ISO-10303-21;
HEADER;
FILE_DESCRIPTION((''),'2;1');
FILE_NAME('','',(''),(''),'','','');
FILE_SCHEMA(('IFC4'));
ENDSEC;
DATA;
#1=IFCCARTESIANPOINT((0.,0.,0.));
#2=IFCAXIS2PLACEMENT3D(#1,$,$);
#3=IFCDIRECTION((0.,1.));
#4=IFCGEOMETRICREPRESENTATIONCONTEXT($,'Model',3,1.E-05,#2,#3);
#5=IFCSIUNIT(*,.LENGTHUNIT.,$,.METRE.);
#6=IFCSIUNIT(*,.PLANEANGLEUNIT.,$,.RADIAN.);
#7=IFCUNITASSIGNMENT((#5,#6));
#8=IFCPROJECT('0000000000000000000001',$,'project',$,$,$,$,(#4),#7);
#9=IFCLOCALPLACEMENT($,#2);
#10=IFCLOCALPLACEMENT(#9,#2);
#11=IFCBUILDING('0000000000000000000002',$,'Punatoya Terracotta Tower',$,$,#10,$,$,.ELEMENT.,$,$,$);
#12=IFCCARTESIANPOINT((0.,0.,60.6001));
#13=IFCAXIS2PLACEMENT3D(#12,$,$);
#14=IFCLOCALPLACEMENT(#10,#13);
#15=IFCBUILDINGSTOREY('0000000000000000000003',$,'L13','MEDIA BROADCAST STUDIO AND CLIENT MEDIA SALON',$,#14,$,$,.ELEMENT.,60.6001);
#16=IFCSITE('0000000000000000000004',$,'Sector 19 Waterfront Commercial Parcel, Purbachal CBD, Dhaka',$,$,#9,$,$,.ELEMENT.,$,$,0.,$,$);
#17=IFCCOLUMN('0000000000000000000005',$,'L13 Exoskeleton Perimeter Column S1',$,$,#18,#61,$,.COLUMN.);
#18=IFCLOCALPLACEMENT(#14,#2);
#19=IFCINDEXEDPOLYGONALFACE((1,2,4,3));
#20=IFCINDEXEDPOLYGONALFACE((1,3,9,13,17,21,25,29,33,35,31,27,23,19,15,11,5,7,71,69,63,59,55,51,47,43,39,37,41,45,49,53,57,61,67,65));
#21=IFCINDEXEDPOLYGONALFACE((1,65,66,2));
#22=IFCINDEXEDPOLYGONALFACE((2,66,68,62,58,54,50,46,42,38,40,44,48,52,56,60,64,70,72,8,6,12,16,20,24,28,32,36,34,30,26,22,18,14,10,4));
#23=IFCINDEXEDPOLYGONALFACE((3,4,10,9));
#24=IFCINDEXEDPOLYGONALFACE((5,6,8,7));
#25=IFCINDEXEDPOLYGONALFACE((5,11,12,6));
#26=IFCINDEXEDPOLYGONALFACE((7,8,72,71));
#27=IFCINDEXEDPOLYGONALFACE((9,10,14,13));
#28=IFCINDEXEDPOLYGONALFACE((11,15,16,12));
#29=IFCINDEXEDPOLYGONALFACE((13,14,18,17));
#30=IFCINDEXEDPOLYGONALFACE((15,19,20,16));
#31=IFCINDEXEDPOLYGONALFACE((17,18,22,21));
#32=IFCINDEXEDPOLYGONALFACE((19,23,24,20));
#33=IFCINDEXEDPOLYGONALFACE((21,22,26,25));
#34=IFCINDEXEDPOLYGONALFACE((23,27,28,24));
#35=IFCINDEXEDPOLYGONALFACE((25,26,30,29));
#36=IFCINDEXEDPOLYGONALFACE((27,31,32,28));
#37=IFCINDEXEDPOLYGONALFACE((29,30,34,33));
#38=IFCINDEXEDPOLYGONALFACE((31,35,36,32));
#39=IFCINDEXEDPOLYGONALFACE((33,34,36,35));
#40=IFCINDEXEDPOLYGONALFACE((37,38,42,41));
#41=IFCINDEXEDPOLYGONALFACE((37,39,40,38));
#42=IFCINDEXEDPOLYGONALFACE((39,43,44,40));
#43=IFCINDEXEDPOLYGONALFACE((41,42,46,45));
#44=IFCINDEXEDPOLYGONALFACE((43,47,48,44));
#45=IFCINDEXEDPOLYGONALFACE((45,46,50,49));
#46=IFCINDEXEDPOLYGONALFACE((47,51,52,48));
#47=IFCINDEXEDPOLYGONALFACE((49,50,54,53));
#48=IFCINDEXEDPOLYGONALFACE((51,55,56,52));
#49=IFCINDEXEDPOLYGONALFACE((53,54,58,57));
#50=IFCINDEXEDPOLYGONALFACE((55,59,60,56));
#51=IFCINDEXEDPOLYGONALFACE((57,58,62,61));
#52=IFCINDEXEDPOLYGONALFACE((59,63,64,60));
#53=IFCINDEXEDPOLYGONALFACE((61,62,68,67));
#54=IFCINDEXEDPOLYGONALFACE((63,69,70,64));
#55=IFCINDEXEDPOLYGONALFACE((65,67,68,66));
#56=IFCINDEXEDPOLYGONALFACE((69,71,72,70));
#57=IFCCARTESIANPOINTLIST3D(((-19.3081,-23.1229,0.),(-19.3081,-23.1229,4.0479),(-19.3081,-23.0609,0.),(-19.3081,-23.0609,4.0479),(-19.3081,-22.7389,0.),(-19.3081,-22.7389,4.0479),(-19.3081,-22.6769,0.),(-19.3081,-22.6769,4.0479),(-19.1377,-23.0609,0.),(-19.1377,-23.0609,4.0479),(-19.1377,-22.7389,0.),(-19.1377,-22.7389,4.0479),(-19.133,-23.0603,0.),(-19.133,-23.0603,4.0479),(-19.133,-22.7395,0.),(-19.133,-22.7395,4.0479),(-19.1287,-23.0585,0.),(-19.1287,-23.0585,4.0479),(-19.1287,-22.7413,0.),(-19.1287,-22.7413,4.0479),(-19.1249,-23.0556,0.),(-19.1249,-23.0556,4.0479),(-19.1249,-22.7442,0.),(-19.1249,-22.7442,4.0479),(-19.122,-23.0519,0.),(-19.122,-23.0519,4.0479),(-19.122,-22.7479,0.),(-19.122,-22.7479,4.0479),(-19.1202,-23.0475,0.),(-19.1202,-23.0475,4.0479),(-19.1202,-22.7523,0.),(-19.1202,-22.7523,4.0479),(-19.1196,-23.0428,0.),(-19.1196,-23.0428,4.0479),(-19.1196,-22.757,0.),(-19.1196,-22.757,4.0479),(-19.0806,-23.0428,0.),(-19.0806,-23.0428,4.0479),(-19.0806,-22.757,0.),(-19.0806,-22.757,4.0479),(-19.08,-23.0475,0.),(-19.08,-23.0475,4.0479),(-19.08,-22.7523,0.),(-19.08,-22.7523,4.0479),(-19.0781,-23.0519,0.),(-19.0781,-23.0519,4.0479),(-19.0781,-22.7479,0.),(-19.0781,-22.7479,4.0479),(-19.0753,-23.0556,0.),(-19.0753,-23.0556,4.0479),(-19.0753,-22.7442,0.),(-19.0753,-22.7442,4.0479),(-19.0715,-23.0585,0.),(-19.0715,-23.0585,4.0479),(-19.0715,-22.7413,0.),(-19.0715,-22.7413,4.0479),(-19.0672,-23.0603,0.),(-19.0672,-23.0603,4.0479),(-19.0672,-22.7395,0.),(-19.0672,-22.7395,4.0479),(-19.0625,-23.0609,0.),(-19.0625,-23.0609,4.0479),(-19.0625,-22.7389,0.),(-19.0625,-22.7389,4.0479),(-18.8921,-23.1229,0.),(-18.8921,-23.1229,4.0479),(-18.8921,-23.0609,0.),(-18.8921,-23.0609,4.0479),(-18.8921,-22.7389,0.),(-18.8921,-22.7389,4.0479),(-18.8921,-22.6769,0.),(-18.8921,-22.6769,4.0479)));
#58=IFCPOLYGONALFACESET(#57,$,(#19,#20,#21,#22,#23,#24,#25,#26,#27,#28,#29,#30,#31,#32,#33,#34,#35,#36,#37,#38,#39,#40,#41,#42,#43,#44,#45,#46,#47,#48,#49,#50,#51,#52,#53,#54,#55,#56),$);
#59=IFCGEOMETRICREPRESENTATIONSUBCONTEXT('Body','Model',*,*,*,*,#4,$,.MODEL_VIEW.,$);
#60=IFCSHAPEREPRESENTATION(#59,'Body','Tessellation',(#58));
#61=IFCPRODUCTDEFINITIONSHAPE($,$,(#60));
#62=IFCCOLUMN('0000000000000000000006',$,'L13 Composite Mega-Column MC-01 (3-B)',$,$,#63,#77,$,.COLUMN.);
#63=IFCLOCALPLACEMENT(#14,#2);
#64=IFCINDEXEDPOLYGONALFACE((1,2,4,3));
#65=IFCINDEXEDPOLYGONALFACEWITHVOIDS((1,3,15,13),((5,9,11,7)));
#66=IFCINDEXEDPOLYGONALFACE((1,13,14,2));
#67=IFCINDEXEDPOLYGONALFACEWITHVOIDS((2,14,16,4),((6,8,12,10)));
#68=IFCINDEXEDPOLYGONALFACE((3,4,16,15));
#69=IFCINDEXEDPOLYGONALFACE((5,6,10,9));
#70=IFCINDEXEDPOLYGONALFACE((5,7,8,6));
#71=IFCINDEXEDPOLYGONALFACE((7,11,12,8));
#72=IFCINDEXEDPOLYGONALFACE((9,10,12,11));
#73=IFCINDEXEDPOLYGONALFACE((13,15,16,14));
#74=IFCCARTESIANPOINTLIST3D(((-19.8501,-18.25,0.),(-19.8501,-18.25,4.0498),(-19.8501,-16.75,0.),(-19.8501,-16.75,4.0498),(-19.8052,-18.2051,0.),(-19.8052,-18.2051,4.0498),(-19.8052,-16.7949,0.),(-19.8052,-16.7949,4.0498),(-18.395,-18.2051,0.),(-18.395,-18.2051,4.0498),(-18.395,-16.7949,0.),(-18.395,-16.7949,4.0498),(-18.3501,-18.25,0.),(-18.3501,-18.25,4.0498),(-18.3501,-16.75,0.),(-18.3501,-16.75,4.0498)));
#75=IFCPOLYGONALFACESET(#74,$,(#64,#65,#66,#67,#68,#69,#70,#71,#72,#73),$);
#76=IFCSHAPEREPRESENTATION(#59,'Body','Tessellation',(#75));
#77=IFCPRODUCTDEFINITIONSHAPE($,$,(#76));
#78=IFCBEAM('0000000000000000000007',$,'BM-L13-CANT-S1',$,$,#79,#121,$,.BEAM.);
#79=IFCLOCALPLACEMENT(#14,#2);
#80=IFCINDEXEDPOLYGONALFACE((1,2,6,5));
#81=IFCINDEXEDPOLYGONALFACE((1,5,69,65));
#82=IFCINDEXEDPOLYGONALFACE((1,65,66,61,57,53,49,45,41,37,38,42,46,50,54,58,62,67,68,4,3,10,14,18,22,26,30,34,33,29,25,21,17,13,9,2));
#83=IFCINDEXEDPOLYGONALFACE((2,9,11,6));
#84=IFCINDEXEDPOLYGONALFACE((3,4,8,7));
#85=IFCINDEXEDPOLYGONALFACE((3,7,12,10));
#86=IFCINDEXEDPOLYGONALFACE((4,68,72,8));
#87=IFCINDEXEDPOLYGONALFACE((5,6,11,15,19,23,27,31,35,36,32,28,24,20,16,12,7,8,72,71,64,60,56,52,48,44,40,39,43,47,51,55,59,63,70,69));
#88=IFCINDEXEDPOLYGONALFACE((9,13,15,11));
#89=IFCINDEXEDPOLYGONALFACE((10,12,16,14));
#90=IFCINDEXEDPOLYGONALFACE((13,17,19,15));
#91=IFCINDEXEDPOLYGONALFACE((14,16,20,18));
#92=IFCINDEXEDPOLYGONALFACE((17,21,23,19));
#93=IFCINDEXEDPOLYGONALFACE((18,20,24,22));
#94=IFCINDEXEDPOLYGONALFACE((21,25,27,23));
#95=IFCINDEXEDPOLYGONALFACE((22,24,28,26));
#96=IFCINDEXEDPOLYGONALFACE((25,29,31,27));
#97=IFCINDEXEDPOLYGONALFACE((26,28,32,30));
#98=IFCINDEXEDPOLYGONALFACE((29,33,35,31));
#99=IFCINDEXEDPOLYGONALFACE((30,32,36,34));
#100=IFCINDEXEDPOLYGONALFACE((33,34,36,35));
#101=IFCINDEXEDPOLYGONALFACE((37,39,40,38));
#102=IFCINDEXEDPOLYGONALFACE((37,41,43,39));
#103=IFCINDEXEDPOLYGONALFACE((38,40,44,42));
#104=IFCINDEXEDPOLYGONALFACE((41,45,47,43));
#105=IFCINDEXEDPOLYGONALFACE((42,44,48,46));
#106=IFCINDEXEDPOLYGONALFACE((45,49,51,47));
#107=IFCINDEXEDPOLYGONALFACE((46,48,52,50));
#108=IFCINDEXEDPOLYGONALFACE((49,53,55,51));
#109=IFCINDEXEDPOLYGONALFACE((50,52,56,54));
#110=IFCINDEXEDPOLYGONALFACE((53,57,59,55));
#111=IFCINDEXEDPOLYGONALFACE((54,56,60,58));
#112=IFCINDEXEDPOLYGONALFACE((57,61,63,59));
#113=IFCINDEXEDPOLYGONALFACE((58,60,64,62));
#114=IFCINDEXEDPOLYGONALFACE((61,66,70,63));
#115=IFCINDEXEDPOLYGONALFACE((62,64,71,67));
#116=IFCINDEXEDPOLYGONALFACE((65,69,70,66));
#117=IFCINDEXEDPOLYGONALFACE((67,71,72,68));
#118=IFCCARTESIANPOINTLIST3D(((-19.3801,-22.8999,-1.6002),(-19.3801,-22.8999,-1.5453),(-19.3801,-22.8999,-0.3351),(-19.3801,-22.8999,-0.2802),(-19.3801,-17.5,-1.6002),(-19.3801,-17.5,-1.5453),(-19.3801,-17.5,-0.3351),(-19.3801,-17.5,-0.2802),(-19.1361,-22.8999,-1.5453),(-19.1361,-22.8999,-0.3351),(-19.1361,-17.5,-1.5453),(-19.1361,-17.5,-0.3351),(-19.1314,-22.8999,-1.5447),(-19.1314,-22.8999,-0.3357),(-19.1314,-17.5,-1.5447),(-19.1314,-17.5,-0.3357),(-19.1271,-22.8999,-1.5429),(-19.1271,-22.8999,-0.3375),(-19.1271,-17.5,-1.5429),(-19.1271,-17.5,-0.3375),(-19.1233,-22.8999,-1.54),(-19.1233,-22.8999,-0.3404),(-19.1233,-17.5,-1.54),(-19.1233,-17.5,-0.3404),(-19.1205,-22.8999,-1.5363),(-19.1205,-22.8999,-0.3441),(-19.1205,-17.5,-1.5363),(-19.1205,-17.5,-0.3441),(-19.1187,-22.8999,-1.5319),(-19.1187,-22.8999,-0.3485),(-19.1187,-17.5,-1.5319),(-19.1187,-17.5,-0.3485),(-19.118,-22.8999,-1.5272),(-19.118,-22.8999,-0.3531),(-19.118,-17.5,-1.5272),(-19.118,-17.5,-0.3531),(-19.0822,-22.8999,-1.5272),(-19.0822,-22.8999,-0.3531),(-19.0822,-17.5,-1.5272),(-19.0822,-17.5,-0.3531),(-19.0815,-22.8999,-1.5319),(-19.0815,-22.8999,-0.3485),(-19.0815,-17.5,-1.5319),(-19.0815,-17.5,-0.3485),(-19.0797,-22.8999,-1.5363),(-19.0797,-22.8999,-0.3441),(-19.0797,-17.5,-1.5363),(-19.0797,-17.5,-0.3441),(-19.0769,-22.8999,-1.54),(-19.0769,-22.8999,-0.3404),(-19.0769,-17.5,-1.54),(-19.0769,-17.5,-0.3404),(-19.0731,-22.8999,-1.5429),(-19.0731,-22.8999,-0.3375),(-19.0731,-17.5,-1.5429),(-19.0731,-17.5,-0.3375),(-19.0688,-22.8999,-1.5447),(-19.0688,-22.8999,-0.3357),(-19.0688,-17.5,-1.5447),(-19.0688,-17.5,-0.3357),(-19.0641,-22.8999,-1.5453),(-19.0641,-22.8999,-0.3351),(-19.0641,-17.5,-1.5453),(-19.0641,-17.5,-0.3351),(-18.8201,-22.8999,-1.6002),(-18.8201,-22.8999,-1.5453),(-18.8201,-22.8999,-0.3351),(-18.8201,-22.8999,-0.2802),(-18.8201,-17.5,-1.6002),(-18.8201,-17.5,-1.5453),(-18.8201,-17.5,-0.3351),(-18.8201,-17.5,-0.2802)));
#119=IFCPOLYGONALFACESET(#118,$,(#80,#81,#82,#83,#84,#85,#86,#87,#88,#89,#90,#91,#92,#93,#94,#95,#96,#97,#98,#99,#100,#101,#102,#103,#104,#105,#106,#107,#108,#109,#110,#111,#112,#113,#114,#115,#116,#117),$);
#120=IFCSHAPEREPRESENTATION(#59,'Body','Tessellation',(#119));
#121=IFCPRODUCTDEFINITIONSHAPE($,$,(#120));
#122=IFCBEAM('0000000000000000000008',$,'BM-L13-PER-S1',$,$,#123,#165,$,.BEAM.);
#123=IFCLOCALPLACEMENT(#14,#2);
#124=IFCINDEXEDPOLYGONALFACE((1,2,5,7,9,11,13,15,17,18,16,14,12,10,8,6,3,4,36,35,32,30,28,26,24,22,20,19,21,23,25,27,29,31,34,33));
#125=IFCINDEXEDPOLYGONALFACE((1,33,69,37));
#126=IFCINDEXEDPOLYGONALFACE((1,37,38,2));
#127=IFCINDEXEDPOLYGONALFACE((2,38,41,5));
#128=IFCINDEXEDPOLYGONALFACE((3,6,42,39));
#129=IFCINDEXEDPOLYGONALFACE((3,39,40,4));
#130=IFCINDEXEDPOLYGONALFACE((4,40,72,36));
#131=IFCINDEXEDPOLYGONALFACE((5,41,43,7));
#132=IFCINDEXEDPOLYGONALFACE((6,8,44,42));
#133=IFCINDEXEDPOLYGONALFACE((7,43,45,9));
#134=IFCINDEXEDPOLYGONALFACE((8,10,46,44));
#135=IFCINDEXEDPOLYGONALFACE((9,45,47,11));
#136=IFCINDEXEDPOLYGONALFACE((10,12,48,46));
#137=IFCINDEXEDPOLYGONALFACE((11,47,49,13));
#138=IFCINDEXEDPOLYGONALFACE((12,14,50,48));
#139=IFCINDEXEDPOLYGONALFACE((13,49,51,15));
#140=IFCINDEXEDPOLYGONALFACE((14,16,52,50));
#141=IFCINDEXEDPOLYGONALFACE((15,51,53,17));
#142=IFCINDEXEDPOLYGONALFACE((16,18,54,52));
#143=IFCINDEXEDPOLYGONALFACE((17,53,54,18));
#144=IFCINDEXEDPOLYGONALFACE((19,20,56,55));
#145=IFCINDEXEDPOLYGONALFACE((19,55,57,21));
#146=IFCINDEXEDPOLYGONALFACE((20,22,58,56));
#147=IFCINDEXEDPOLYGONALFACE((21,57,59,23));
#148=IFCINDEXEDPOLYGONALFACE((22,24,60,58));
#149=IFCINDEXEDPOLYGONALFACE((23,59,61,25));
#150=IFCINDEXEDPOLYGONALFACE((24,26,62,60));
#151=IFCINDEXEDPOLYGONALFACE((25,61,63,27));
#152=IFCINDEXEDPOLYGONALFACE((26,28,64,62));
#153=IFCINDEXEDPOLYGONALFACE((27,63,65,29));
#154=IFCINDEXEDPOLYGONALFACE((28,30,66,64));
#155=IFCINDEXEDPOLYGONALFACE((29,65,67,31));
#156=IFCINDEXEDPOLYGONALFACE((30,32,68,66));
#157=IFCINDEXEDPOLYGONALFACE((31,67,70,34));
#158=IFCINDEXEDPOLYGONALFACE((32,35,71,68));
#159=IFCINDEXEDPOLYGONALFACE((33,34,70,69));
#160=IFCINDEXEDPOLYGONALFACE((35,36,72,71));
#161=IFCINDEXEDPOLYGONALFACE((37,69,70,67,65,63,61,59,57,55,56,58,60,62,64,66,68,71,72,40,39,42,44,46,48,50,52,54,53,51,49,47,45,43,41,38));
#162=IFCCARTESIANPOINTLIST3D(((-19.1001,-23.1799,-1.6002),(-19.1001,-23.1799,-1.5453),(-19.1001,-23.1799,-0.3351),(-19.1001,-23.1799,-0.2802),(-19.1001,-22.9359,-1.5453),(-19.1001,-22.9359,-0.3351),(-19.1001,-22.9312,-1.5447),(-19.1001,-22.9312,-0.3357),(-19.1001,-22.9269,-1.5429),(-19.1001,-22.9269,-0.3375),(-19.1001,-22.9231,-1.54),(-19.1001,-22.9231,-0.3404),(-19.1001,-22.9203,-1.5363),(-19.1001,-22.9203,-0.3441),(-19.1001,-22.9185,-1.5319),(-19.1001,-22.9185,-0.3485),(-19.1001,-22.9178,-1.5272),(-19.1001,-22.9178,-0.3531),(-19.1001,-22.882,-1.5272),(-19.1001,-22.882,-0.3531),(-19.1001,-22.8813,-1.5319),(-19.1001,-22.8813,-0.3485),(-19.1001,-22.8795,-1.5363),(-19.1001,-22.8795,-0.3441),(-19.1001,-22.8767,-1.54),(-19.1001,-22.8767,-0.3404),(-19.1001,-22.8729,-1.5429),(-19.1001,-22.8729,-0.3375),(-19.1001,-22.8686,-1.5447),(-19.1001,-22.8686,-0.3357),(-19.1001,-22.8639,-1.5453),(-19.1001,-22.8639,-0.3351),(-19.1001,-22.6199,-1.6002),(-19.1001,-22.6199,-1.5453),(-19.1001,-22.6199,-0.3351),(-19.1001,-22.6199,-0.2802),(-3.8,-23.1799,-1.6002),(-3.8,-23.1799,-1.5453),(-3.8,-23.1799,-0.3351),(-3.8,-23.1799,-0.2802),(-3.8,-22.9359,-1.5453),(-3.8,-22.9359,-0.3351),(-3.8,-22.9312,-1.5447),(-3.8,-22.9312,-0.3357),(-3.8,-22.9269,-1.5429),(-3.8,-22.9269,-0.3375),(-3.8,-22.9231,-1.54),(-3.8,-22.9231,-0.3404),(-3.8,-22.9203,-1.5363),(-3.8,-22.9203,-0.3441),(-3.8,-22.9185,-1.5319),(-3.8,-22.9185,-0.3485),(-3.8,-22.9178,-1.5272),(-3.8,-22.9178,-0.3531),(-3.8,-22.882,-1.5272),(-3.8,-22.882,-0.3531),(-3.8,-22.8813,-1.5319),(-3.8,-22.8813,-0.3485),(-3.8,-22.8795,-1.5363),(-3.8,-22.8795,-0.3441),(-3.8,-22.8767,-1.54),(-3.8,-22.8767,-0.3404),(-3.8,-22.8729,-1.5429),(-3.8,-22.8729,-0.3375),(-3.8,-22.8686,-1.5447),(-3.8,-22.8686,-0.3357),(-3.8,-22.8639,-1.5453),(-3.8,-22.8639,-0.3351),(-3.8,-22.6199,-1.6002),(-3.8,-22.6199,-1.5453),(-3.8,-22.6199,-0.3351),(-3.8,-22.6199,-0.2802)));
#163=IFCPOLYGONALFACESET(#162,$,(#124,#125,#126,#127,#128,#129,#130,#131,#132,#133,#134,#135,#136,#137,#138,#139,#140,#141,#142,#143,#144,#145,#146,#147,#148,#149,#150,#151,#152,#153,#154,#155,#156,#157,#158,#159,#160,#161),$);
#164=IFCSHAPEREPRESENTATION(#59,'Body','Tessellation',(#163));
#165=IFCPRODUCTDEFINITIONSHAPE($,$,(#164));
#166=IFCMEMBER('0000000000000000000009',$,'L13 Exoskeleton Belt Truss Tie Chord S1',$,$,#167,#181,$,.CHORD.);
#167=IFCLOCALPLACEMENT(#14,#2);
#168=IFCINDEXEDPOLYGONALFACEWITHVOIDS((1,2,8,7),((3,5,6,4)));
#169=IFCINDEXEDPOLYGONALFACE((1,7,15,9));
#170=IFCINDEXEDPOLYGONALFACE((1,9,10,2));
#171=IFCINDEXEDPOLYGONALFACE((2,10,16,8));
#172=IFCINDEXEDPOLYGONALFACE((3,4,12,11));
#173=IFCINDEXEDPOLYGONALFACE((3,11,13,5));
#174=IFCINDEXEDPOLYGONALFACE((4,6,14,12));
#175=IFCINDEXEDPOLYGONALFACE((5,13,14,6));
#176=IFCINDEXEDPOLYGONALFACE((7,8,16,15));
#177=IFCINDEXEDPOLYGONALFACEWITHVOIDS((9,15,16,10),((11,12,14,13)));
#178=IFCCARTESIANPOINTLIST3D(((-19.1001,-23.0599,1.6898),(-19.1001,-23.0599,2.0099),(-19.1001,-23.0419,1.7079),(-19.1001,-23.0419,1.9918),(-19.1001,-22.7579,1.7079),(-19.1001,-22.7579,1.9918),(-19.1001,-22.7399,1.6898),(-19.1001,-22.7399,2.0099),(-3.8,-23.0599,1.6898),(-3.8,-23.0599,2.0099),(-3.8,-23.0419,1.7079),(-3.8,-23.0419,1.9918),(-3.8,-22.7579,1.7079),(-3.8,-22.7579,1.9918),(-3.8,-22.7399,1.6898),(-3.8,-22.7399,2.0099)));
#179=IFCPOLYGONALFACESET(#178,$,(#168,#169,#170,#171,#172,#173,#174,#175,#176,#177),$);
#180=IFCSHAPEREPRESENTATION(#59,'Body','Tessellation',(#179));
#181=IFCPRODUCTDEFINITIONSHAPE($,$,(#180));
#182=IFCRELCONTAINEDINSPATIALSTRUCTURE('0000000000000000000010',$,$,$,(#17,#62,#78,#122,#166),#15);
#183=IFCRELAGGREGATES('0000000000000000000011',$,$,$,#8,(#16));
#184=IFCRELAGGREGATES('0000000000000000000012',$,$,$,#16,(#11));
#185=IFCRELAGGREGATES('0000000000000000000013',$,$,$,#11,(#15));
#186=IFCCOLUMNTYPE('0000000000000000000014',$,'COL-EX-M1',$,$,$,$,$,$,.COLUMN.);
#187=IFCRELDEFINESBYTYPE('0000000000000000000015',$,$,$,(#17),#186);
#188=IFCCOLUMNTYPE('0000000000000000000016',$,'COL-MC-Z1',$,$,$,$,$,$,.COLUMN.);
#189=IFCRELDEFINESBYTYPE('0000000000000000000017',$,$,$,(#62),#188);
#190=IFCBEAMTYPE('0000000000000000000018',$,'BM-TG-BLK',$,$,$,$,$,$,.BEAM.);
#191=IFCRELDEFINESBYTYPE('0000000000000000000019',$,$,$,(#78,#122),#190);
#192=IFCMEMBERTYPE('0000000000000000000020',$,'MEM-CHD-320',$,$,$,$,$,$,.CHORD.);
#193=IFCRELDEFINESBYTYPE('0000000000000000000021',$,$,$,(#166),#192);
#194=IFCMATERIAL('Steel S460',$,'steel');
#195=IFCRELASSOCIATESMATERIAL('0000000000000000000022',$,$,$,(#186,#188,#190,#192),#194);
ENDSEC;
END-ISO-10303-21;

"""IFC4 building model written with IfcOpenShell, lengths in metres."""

from ifc_helpers import new_model, si_unit, direction, frame, origin, origin_2d, place, context, subcontext, project, spatial, hollow_rectangle, i_section, extrude, material, material_profile, profile_set, type_object, element, save


model = new_model("IFC4")

# Units and contexts
model_context = context("Model", 3, precision=1e-05, world=origin(), true_north=direction((0.0, 1.0)))
body_context = subcontext(model_context, "Body", "Model", "MODEL_VIEW")
ifc_project = project(units=[si_unit("LENGTHUNIT", "METRE"), si_unit("PLANEANGLEUNIT", "RADIAN")], contexts=[model_context])

# Site, building, storey
site_placement = place(None, origin())
site = spatial("IfcSite", under=ifc_project, at=site_placement, Name="Sector 19 Waterfront Commercial Parcel, Purbachal CBD, Dhaka", CompositionType="ELEMENT", RefElevation=0.0)
building_placement = place(site_placement, origin())
building = spatial("IfcBuilding", under=site, at=building_placement, Name="Punatoya Terracotta Tower", CompositionType="ELEMENT")
storey_placement = place(building_placement, frame((0.0, 0.0, 60.6001)))
storey = spatial("IfcBuildingStorey", under=building, at=storey_placement, Name="L13", Description="MEDIA BROADCAST STUDIO AND CLIENT MEDIA SALON", CompositionType="ELEMENT", Elevation=60.6001)

# Columns
ifc_material_1 = material(Name="Steel S460", Category="steel")
ifc_material_profile_1 = material_profile(ifc_material_1, i_section(OverallWidth=0.416, OverallDepth=0.446, WebThickness=0.0391, FlangeThickness=0.062, FilletRadius=0.0181, at=origin_2d()))
ifc_profile_set_1 = profile_set([ifc_material_profile_1], Name="Steel S460")
column_type_1 = type_object("IfcColumnType", Name="COL-EX-M1", PredefinedType="COLUMN", material=ifc_profile_set_1)
column_1_placement = place(storey_placement, frame((-19.1001, -22.8999, 0.0), z_axis=(0.0, 0.0, 1.0), x_axis=(1.0, 0.0, 0.0)))
element("IfcColumn", 1, at=column_1_placement, inside=storey, type_object=column_type_1, Name="L13 Exoskeleton Perimeter Column S1", PredefinedType="COLUMN", context=body_context, shape_type="SweptSolid", body=[
    extrude(i_section(OverallWidth=0.416, OverallDepth=0.446, WebThickness=0.0391, FlangeThickness=0.062, FilletRadius=0.0181, at=origin_2d()), origin(), (0.0, 0.0, 1.0), 4.0479),
])
ifc_material_profile_2 = material_profile(ifc_material_1, hollow_rectangle(XDim=1.5, YDim=1.5, WallThickness=0.0449, at=origin_2d()))
ifc_profile_set_2 = profile_set([ifc_material_profile_2], Name="Steel S460")
column_type_2 = type_object("IfcColumnType", Name="COL-MC-Z1", PredefinedType="COLUMN", material=ifc_profile_set_2)
column_2_placement = place(storey_placement, frame((-19.1001, -17.5, 0.0), z_axis=(0.0, 0.0, 1.0), x_axis=(1.0, 0.0, 0.0)))
element("IfcColumn", 2, at=column_2_placement, inside=storey, type_object=column_type_2, Name="L13 Composite Mega-Column MC-01 (3-B)", PredefinedType="COLUMN", context=body_context, shape_type="SweptSolid", body=[
    extrude(hollow_rectangle(XDim=1.5, YDim=1.5, WallThickness=0.0449, at=origin_2d()), origin(), (0.0, 0.0, 1.0), 4.0498),
])

# Beams
ifc_material_profile_3 = material_profile(ifc_material_1, i_section(OverallWidth=0.5601, OverallDepth=1.3201, WebThickness=0.0359, FlangeThickness=0.0549, FilletRadius=0.0181, at=origin_2d()))
ifc_profile_set_3 = profile_set([ifc_material_profile_3], Name="Steel S460")
beam_type = type_object("IfcBeamType", Name="BM-TG-BLK", PredefinedType="BEAM", material=ifc_profile_set_3)
beam_1_placement = place(storey_placement, frame((-19.1001, -22.8999, -0.9402), z_axis=(0.0, 1.0, 0.0), x_axis=(-1.0, 0.0, 0.0)))
element("IfcBeam", 3, at=beam_1_placement, inside=storey, type_object=beam_type, Name="BM-L13-CANT-S1", PredefinedType="BEAM", context=body_context, shape_type="SweptSolid", body=[
    extrude(i_section(OverallWidth=0.5601, OverallDepth=1.3201, WebThickness=0.0359, FlangeThickness=0.0549, FilletRadius=0.0181, at=origin_2d()), origin(), (0.0, 0.0, 1.0), 5.3999),
])
beam_2_placement = place(storey_placement, frame((-19.1001, -22.8999, -0.9402), z_axis=(1.0, 0.0, 0.0), x_axis=(0.0, 1.0, 0.0)))
element("IfcBeam", 4, at=beam_2_placement, inside=storey, type_object=beam_type, Name="BM-L13-PER-S1", PredefinedType="BEAM", context=body_context, shape_type="SweptSolid", body=[
    extrude(i_section(OverallWidth=0.5601, OverallDepth=1.3201, WebThickness=0.0359, FlangeThickness=0.0549, FilletRadius=0.0181, at=origin_2d()), origin(), (0.0, 0.0, 1.0), 15.3),
])

# Member
ifc_material_profile_4 = material_profile(ifc_material_1, hollow_rectangle(XDim=0.3201, YDim=0.3201, WallThickness=0.0181, at=origin_2d()))
ifc_profile_set_4 = profile_set([ifc_material_profile_4], Name="Steel S460")
member_type_1 = type_object("IfcMemberType", Name="MEM-CHD-320", PredefinedType="CHORD", material=ifc_profile_set_4)
member_1_placement = place(storey_placement, frame((-19.1001, -22.8999, 1.8499), z_axis=(1.0, 0.0, 0.0), x_axis=(0.0, 1.0, 0.0)))
element("IfcMember", 5, at=member_1_placement, inside=storey, type_object=member_type_1, Name="L13 Exoskeleton Belt Truss Tie Chord S1", PredefinedType="CHORD", context=body_context, shape_type="SweptSolid", body=[
    extrude(hollow_rectangle(XDim=0.3201, YDim=0.3201, WallThickness=0.0181, at=origin_2d()), origin(), (0.0, 0.0, 1.0), 15.3),
])

save(model, "model.ifc")
